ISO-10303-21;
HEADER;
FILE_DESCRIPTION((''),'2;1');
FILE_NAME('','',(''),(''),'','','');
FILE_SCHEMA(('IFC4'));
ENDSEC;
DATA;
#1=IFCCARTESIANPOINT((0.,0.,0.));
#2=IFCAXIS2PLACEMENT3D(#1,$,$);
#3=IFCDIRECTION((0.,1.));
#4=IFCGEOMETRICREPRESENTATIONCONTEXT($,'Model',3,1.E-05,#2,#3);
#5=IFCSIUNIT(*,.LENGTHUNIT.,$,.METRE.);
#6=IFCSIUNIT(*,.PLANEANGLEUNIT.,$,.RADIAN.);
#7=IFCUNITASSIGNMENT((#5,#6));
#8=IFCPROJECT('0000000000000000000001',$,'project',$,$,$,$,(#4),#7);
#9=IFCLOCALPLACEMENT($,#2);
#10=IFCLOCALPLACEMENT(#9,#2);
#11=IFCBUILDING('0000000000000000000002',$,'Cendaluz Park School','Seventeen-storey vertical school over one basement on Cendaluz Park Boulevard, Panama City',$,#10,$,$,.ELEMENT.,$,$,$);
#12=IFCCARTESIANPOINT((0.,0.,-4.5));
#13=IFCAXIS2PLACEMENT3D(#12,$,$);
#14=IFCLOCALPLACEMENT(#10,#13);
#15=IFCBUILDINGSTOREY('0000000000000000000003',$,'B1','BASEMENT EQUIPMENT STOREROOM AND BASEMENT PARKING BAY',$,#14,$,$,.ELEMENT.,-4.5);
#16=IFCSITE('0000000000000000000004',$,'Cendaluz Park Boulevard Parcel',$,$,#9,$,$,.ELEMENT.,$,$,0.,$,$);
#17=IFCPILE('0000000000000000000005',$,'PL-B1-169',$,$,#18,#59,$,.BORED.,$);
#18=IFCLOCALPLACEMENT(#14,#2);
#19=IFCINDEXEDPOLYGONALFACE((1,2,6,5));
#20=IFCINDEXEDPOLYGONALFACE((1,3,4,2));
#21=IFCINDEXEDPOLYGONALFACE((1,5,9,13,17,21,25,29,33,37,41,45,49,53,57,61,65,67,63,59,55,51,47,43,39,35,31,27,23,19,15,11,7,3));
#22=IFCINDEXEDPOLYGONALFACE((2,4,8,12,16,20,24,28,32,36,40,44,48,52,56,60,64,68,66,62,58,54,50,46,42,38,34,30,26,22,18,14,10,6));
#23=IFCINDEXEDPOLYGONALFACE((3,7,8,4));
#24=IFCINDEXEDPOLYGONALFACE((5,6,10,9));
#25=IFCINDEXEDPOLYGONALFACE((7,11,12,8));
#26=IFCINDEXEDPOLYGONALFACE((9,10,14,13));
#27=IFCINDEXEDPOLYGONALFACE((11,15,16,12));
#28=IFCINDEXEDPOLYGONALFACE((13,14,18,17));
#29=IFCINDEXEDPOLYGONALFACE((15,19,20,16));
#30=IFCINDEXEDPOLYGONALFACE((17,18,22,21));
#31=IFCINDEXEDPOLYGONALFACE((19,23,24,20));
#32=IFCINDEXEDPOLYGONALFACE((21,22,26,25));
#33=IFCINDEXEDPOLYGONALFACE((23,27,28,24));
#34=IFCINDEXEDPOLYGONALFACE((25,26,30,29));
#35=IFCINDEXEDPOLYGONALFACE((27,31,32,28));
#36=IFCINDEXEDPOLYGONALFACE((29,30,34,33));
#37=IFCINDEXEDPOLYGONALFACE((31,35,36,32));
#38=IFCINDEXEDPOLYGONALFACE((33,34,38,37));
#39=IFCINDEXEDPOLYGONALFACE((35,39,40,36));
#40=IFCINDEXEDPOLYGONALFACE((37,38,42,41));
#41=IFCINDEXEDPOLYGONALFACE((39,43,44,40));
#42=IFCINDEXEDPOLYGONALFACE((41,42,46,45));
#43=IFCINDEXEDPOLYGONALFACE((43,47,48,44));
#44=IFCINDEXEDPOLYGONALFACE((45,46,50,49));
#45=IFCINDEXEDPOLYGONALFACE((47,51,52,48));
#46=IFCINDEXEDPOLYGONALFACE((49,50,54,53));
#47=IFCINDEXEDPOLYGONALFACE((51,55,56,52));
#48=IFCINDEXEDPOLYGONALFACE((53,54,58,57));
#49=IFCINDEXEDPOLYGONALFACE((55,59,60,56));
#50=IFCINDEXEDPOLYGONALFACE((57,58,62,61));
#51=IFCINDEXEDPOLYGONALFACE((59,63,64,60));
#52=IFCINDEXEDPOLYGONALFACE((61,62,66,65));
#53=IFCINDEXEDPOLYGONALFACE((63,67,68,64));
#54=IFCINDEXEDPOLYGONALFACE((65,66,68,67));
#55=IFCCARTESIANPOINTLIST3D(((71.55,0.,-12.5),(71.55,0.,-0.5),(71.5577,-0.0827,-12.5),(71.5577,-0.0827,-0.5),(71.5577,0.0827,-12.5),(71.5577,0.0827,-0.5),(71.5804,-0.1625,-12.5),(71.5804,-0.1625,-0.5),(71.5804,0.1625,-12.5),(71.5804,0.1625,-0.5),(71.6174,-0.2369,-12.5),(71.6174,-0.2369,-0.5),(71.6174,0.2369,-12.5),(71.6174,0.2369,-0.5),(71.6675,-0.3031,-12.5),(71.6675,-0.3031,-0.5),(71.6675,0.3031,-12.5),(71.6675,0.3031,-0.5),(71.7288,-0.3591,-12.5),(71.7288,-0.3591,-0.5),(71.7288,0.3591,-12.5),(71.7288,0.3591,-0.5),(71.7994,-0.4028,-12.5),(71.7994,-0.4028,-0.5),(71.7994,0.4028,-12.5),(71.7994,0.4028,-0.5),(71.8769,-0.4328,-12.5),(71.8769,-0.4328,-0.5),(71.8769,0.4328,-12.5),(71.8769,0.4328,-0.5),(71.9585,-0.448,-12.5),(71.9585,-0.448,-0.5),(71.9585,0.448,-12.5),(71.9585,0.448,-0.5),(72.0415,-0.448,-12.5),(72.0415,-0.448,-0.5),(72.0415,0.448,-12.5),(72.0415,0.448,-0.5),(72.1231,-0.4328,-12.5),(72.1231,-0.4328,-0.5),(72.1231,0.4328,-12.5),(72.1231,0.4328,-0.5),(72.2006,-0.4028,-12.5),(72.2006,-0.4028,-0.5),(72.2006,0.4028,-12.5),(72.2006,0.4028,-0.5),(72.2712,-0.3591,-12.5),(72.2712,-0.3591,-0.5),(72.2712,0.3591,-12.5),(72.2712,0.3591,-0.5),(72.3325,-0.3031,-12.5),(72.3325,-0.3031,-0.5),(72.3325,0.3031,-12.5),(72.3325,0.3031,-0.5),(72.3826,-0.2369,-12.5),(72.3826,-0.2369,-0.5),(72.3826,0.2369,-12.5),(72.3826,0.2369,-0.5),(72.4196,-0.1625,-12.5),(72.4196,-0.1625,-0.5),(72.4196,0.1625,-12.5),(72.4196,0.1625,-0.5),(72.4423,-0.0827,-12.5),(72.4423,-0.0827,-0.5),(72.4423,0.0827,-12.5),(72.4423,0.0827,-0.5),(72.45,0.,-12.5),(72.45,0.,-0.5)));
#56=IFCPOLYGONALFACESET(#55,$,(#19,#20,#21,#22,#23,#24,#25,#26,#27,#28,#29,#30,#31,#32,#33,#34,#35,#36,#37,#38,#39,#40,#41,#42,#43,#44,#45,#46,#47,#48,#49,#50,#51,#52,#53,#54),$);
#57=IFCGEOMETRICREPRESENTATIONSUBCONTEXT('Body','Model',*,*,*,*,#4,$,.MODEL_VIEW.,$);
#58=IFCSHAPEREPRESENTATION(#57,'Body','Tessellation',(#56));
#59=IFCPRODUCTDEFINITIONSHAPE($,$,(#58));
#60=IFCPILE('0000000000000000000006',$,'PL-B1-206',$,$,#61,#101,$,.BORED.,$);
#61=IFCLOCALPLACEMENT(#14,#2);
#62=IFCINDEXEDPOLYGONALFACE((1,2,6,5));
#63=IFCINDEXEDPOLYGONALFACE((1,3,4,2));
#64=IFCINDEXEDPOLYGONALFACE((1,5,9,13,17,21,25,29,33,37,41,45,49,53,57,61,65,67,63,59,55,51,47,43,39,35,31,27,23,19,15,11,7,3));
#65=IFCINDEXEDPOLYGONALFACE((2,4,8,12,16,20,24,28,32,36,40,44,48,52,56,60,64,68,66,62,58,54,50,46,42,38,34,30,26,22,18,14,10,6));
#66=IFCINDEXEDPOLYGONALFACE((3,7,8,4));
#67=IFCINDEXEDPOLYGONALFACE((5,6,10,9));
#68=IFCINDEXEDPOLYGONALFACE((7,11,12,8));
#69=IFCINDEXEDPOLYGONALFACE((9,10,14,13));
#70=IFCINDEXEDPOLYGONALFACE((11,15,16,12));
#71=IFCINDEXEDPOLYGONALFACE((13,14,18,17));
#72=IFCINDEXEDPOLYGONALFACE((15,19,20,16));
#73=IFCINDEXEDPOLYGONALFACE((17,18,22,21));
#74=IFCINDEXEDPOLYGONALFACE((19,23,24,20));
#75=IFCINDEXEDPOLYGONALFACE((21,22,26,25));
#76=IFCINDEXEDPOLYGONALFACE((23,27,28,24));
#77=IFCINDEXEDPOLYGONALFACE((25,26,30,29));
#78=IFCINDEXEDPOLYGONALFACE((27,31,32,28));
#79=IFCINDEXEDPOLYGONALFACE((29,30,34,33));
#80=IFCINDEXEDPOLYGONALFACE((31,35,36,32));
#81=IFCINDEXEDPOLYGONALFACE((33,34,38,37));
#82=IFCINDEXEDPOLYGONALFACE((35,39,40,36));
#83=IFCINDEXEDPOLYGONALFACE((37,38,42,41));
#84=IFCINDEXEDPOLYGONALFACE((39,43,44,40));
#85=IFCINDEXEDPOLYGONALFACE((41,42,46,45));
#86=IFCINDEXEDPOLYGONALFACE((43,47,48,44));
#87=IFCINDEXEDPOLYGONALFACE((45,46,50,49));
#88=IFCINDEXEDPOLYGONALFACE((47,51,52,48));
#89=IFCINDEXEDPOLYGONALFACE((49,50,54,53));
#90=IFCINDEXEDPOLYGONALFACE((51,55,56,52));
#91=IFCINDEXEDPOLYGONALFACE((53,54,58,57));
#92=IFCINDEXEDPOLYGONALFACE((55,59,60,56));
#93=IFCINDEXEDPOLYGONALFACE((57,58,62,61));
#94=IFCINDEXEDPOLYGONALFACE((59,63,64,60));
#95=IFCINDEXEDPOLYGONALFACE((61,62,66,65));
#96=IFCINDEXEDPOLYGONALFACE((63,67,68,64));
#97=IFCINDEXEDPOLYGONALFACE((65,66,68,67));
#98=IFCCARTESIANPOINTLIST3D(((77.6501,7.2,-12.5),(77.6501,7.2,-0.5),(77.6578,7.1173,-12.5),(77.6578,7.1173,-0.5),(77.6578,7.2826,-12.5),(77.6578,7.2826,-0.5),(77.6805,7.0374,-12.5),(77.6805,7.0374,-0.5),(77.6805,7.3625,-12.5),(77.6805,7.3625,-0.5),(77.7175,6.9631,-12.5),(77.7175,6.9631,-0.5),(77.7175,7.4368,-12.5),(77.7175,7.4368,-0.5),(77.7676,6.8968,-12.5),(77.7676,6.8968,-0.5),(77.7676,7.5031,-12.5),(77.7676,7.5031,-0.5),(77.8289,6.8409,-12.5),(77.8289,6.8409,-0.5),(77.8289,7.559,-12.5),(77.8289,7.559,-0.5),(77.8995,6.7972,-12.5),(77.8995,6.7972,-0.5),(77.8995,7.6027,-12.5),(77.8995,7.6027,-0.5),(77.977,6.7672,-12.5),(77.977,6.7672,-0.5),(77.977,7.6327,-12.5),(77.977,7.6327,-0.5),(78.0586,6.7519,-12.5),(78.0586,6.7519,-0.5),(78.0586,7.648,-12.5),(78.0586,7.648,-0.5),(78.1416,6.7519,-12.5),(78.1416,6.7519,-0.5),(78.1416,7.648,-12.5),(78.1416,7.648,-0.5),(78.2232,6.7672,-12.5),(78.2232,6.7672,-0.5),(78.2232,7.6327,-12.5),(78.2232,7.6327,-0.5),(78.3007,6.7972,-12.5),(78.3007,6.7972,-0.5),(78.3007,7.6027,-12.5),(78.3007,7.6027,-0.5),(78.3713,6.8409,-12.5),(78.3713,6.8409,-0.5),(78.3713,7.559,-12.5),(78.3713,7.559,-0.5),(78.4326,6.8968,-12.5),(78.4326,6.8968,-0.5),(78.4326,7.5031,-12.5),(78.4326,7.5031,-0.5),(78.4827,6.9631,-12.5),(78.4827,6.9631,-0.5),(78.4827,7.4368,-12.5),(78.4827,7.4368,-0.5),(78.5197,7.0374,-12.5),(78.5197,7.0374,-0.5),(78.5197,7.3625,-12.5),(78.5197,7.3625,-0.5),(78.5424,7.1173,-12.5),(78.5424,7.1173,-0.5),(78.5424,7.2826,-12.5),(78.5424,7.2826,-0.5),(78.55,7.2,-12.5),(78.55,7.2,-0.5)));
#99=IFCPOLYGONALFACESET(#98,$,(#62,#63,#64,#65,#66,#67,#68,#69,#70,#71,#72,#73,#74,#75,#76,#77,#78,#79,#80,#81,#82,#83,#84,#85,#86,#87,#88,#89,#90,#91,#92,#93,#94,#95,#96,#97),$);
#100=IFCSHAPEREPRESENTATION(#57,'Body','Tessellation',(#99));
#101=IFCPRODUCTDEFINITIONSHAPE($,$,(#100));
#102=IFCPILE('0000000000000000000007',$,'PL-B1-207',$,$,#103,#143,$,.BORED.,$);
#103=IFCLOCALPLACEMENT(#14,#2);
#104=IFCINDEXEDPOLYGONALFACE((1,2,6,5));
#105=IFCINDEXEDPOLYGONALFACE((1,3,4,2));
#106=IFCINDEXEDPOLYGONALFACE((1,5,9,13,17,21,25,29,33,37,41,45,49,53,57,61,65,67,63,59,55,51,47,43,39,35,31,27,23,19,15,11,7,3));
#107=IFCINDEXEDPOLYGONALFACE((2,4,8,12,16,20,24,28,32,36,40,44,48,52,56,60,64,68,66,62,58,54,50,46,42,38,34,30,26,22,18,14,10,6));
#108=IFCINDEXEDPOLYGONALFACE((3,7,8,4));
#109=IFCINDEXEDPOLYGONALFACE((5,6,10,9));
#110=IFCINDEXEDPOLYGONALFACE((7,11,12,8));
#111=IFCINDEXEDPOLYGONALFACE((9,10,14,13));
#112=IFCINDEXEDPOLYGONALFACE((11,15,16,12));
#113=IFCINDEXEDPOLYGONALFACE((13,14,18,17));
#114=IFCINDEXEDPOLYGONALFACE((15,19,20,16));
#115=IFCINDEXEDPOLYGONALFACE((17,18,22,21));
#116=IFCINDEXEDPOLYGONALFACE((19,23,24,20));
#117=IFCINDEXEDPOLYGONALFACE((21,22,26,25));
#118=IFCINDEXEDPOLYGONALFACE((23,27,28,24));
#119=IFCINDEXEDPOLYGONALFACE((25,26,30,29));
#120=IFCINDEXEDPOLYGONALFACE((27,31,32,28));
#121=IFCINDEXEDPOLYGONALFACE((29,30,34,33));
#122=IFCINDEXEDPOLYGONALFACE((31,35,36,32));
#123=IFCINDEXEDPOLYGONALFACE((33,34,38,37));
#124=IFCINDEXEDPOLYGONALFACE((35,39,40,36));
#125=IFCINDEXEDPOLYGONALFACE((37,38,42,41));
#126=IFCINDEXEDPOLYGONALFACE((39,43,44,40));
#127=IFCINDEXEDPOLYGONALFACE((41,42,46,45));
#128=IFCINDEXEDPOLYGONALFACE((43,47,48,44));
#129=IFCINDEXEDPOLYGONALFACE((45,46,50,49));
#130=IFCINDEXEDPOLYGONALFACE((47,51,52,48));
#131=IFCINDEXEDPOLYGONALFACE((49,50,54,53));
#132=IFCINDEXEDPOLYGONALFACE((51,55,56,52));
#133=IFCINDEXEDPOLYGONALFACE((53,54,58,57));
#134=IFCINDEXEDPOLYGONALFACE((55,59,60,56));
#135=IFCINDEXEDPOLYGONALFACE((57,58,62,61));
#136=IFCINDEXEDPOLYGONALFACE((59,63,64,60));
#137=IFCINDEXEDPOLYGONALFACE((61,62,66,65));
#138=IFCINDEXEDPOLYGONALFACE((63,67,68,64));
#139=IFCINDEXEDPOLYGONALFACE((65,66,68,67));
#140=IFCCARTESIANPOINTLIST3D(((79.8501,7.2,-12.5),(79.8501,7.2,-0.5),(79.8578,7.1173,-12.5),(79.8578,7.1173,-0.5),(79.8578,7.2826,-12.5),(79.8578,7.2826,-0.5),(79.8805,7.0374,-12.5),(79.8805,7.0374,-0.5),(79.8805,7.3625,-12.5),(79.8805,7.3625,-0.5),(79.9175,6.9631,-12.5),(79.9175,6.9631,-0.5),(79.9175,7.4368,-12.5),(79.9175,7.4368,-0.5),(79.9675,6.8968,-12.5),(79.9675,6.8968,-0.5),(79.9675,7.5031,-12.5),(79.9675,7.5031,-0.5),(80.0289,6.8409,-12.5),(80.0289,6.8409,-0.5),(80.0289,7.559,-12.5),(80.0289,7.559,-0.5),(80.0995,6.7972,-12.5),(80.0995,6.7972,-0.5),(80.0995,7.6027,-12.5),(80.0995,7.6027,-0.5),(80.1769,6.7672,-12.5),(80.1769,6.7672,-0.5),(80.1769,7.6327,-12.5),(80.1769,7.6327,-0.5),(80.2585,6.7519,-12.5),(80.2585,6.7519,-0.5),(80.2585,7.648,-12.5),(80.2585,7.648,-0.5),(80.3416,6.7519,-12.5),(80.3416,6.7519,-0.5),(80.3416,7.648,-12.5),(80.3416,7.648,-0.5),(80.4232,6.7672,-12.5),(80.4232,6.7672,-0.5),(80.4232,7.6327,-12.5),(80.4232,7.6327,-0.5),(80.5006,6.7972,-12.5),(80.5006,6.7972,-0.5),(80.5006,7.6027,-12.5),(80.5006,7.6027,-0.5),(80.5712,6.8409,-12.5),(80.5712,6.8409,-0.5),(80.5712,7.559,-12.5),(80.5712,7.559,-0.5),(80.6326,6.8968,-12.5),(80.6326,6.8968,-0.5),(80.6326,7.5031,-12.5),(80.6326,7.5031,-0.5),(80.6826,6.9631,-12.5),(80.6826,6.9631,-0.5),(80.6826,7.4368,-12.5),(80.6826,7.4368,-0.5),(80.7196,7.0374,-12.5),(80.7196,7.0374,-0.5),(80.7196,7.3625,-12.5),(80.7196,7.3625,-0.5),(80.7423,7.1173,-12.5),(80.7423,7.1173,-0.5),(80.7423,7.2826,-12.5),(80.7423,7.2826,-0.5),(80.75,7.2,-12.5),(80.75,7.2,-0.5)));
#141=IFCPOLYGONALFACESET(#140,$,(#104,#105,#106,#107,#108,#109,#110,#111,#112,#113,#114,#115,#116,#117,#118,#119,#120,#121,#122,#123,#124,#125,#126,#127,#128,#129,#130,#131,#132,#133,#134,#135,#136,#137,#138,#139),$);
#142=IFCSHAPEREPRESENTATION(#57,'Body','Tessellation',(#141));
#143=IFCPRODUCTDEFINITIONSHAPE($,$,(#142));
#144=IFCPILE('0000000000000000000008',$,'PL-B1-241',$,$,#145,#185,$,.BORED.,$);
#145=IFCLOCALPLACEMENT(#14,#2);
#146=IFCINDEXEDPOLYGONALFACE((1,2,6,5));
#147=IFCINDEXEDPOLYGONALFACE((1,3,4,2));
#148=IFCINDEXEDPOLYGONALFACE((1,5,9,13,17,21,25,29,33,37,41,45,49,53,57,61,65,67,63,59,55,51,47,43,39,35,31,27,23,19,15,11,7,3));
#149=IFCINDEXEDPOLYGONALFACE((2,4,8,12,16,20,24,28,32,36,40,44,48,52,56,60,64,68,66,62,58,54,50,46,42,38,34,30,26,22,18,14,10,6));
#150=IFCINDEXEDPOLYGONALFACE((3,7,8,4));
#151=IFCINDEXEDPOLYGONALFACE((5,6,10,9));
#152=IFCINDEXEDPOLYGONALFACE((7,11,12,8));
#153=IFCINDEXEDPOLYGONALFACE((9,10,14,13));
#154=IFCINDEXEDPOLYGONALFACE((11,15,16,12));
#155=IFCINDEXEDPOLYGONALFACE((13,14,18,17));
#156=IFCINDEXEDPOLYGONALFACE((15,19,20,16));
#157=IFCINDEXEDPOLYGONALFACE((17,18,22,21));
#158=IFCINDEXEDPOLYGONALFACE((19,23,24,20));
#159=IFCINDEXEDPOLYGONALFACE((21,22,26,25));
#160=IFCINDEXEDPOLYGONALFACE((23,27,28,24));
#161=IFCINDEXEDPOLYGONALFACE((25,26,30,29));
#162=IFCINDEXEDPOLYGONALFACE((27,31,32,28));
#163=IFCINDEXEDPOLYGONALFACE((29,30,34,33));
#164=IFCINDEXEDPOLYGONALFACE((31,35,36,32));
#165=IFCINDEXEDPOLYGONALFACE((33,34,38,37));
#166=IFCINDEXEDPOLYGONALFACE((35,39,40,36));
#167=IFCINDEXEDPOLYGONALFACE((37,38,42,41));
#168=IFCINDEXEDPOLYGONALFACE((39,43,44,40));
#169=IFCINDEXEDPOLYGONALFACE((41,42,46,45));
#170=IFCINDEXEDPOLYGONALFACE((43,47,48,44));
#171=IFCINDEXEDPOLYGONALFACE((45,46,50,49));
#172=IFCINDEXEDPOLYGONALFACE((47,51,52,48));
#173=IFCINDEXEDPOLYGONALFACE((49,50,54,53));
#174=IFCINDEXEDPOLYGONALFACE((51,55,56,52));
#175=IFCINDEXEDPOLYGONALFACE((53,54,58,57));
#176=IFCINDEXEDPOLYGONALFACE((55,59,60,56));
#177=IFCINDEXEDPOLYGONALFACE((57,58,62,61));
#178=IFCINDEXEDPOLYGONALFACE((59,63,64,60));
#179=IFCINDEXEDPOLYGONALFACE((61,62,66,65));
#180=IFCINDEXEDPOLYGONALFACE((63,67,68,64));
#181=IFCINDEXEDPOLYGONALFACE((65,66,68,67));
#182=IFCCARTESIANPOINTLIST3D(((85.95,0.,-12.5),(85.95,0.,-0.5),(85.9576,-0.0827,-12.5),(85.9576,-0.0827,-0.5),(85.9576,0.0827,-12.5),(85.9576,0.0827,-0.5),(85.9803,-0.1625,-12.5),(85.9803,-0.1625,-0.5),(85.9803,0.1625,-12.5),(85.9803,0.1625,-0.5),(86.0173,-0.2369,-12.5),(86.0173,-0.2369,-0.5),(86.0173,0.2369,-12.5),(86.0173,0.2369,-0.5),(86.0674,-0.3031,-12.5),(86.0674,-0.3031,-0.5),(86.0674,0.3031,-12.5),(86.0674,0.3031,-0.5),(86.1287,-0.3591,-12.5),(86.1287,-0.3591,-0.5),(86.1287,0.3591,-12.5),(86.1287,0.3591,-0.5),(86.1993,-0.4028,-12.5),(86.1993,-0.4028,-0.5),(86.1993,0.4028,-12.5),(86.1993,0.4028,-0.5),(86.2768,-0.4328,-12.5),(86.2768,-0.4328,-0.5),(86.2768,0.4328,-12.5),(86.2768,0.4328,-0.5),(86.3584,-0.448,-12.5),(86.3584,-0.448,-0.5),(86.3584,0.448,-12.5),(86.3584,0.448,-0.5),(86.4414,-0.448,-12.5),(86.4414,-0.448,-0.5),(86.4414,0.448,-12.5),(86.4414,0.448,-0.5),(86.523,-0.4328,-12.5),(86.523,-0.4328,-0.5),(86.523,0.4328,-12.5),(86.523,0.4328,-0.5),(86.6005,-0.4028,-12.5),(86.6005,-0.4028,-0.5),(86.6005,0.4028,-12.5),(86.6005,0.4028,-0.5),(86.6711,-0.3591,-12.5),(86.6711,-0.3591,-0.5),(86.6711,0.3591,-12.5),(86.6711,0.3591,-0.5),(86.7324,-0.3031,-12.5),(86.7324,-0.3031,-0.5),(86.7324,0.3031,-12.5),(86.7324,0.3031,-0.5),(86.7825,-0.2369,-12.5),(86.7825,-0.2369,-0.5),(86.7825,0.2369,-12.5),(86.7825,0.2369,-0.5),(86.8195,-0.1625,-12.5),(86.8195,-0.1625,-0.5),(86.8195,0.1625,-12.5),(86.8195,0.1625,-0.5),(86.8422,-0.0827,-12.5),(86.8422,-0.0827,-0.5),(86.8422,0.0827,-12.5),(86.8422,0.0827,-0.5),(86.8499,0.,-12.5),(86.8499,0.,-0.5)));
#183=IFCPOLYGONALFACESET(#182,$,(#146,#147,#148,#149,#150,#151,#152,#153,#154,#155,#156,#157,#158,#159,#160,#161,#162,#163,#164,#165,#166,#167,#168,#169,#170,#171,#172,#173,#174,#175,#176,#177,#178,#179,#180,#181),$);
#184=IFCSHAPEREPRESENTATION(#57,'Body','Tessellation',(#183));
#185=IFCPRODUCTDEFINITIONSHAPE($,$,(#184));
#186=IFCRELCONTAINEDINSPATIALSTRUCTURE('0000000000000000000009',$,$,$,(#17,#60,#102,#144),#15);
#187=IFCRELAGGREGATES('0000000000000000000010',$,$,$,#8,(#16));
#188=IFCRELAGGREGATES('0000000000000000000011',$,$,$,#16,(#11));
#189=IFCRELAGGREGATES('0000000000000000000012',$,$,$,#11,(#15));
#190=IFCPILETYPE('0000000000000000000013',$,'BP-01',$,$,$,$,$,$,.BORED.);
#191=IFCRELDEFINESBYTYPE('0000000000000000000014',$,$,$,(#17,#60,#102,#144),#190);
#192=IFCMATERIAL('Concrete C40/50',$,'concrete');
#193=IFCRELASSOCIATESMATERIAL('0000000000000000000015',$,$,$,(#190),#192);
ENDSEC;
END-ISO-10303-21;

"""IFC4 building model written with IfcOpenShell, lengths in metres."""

from ifc_helpers import new_model, si_unit, direction, frame, origin, origin_2d, place, context, subcontext, project, spatial, circle, extrude, material, material_profile, profile_set, type_object, element, save


model = new_model("IFC4")

# Units and contexts
model_context = context("Model", 3, precision=1e-05, world=origin(), true_north=direction((0.0, 1.0)))
body_context = subcontext(model_context, "Body", "Model", "MODEL_VIEW")
ifc_project = project(units=[si_unit("LENGTHUNIT", "METRE"), si_unit("PLANEANGLEUNIT", "RADIAN")], contexts=[model_context])

# Site, building, storey
site_placement = place(None, origin())
site = spatial("IfcSite", under=ifc_project, at=site_placement, Name="Cendaluz Park Boulevard Parcel", CompositionType="ELEMENT", RefElevation=0.0)
building_placement = place(site_placement, origin())
building = spatial("IfcBuilding", under=site, at=building_placement, Name="Cendaluz Park School", Description="Seventeen-storey vertical school over one basement on Cendaluz Park Boulevard, Panama City", CompositionType="ELEMENT")
storey_placement = place(building_placement, frame((0.0, 0.0, -4.5)))
storey = spatial("IfcBuildingStorey", under=building, at=storey_placement, Name="B1", Description="BASEMENT EQUIPMENT STOREROOM AND BASEMENT PARKING BAY", CompositionType="ELEMENT", Elevation=-4.5)

# Piles
ifc_material_1 = material(Name="Concrete C40/50", Category="concrete")
ifc_material_profile_1 = material_profile(ifc_material_1, circle(Radius=0.45, at=origin_2d()), Name="BP D900", Category="concrete")
ifc_profile_set_1 = profile_set([ifc_material_profile_1], Name="Concrete C40/50")
pile_type_1 = type_object("IfcPileType", Name="BP-01", PredefinedType="BORED", material=ifc_profile_set_1)
for number, where, z_axis, x_axis, name in (
    (1, (72.0, 0.0, -0.5), (0.0, 0.0, -1.0), (1.0, 0.0, 0.0), "PL-B1-169"),
    (2, (78.1001, 7.2, -0.5), (0.0, 0.0, -1.0), (1.0, 0.0, 0.0), "PL-B1-206"),
    (3, (80.3, 7.2, -0.5), (0.0, 0.0, -1.0), (1.0, 0.0, 0.0), "PL-B1-207"),
    (4, (86.3999, 0.0, -0.5), (0.0, 0.0, -1.0), (1.0, 0.0, 0.0), "PL-B1-241"),
):
    element("IfcPile", number, at=place(storey_placement, frame(where, z_axis=z_axis, x_axis=x_axis)), inside=storey, type_object=pile_type_1, Name=name, PredefinedType="BORED", context=body_context, shape_type="SweptSolid", body=[
        extrude(circle(Radius=0.45, at=origin_2d()), origin(), (0.0, 0.0, 1.0), 12.0),
    ])

save(model, "model.ifc")
